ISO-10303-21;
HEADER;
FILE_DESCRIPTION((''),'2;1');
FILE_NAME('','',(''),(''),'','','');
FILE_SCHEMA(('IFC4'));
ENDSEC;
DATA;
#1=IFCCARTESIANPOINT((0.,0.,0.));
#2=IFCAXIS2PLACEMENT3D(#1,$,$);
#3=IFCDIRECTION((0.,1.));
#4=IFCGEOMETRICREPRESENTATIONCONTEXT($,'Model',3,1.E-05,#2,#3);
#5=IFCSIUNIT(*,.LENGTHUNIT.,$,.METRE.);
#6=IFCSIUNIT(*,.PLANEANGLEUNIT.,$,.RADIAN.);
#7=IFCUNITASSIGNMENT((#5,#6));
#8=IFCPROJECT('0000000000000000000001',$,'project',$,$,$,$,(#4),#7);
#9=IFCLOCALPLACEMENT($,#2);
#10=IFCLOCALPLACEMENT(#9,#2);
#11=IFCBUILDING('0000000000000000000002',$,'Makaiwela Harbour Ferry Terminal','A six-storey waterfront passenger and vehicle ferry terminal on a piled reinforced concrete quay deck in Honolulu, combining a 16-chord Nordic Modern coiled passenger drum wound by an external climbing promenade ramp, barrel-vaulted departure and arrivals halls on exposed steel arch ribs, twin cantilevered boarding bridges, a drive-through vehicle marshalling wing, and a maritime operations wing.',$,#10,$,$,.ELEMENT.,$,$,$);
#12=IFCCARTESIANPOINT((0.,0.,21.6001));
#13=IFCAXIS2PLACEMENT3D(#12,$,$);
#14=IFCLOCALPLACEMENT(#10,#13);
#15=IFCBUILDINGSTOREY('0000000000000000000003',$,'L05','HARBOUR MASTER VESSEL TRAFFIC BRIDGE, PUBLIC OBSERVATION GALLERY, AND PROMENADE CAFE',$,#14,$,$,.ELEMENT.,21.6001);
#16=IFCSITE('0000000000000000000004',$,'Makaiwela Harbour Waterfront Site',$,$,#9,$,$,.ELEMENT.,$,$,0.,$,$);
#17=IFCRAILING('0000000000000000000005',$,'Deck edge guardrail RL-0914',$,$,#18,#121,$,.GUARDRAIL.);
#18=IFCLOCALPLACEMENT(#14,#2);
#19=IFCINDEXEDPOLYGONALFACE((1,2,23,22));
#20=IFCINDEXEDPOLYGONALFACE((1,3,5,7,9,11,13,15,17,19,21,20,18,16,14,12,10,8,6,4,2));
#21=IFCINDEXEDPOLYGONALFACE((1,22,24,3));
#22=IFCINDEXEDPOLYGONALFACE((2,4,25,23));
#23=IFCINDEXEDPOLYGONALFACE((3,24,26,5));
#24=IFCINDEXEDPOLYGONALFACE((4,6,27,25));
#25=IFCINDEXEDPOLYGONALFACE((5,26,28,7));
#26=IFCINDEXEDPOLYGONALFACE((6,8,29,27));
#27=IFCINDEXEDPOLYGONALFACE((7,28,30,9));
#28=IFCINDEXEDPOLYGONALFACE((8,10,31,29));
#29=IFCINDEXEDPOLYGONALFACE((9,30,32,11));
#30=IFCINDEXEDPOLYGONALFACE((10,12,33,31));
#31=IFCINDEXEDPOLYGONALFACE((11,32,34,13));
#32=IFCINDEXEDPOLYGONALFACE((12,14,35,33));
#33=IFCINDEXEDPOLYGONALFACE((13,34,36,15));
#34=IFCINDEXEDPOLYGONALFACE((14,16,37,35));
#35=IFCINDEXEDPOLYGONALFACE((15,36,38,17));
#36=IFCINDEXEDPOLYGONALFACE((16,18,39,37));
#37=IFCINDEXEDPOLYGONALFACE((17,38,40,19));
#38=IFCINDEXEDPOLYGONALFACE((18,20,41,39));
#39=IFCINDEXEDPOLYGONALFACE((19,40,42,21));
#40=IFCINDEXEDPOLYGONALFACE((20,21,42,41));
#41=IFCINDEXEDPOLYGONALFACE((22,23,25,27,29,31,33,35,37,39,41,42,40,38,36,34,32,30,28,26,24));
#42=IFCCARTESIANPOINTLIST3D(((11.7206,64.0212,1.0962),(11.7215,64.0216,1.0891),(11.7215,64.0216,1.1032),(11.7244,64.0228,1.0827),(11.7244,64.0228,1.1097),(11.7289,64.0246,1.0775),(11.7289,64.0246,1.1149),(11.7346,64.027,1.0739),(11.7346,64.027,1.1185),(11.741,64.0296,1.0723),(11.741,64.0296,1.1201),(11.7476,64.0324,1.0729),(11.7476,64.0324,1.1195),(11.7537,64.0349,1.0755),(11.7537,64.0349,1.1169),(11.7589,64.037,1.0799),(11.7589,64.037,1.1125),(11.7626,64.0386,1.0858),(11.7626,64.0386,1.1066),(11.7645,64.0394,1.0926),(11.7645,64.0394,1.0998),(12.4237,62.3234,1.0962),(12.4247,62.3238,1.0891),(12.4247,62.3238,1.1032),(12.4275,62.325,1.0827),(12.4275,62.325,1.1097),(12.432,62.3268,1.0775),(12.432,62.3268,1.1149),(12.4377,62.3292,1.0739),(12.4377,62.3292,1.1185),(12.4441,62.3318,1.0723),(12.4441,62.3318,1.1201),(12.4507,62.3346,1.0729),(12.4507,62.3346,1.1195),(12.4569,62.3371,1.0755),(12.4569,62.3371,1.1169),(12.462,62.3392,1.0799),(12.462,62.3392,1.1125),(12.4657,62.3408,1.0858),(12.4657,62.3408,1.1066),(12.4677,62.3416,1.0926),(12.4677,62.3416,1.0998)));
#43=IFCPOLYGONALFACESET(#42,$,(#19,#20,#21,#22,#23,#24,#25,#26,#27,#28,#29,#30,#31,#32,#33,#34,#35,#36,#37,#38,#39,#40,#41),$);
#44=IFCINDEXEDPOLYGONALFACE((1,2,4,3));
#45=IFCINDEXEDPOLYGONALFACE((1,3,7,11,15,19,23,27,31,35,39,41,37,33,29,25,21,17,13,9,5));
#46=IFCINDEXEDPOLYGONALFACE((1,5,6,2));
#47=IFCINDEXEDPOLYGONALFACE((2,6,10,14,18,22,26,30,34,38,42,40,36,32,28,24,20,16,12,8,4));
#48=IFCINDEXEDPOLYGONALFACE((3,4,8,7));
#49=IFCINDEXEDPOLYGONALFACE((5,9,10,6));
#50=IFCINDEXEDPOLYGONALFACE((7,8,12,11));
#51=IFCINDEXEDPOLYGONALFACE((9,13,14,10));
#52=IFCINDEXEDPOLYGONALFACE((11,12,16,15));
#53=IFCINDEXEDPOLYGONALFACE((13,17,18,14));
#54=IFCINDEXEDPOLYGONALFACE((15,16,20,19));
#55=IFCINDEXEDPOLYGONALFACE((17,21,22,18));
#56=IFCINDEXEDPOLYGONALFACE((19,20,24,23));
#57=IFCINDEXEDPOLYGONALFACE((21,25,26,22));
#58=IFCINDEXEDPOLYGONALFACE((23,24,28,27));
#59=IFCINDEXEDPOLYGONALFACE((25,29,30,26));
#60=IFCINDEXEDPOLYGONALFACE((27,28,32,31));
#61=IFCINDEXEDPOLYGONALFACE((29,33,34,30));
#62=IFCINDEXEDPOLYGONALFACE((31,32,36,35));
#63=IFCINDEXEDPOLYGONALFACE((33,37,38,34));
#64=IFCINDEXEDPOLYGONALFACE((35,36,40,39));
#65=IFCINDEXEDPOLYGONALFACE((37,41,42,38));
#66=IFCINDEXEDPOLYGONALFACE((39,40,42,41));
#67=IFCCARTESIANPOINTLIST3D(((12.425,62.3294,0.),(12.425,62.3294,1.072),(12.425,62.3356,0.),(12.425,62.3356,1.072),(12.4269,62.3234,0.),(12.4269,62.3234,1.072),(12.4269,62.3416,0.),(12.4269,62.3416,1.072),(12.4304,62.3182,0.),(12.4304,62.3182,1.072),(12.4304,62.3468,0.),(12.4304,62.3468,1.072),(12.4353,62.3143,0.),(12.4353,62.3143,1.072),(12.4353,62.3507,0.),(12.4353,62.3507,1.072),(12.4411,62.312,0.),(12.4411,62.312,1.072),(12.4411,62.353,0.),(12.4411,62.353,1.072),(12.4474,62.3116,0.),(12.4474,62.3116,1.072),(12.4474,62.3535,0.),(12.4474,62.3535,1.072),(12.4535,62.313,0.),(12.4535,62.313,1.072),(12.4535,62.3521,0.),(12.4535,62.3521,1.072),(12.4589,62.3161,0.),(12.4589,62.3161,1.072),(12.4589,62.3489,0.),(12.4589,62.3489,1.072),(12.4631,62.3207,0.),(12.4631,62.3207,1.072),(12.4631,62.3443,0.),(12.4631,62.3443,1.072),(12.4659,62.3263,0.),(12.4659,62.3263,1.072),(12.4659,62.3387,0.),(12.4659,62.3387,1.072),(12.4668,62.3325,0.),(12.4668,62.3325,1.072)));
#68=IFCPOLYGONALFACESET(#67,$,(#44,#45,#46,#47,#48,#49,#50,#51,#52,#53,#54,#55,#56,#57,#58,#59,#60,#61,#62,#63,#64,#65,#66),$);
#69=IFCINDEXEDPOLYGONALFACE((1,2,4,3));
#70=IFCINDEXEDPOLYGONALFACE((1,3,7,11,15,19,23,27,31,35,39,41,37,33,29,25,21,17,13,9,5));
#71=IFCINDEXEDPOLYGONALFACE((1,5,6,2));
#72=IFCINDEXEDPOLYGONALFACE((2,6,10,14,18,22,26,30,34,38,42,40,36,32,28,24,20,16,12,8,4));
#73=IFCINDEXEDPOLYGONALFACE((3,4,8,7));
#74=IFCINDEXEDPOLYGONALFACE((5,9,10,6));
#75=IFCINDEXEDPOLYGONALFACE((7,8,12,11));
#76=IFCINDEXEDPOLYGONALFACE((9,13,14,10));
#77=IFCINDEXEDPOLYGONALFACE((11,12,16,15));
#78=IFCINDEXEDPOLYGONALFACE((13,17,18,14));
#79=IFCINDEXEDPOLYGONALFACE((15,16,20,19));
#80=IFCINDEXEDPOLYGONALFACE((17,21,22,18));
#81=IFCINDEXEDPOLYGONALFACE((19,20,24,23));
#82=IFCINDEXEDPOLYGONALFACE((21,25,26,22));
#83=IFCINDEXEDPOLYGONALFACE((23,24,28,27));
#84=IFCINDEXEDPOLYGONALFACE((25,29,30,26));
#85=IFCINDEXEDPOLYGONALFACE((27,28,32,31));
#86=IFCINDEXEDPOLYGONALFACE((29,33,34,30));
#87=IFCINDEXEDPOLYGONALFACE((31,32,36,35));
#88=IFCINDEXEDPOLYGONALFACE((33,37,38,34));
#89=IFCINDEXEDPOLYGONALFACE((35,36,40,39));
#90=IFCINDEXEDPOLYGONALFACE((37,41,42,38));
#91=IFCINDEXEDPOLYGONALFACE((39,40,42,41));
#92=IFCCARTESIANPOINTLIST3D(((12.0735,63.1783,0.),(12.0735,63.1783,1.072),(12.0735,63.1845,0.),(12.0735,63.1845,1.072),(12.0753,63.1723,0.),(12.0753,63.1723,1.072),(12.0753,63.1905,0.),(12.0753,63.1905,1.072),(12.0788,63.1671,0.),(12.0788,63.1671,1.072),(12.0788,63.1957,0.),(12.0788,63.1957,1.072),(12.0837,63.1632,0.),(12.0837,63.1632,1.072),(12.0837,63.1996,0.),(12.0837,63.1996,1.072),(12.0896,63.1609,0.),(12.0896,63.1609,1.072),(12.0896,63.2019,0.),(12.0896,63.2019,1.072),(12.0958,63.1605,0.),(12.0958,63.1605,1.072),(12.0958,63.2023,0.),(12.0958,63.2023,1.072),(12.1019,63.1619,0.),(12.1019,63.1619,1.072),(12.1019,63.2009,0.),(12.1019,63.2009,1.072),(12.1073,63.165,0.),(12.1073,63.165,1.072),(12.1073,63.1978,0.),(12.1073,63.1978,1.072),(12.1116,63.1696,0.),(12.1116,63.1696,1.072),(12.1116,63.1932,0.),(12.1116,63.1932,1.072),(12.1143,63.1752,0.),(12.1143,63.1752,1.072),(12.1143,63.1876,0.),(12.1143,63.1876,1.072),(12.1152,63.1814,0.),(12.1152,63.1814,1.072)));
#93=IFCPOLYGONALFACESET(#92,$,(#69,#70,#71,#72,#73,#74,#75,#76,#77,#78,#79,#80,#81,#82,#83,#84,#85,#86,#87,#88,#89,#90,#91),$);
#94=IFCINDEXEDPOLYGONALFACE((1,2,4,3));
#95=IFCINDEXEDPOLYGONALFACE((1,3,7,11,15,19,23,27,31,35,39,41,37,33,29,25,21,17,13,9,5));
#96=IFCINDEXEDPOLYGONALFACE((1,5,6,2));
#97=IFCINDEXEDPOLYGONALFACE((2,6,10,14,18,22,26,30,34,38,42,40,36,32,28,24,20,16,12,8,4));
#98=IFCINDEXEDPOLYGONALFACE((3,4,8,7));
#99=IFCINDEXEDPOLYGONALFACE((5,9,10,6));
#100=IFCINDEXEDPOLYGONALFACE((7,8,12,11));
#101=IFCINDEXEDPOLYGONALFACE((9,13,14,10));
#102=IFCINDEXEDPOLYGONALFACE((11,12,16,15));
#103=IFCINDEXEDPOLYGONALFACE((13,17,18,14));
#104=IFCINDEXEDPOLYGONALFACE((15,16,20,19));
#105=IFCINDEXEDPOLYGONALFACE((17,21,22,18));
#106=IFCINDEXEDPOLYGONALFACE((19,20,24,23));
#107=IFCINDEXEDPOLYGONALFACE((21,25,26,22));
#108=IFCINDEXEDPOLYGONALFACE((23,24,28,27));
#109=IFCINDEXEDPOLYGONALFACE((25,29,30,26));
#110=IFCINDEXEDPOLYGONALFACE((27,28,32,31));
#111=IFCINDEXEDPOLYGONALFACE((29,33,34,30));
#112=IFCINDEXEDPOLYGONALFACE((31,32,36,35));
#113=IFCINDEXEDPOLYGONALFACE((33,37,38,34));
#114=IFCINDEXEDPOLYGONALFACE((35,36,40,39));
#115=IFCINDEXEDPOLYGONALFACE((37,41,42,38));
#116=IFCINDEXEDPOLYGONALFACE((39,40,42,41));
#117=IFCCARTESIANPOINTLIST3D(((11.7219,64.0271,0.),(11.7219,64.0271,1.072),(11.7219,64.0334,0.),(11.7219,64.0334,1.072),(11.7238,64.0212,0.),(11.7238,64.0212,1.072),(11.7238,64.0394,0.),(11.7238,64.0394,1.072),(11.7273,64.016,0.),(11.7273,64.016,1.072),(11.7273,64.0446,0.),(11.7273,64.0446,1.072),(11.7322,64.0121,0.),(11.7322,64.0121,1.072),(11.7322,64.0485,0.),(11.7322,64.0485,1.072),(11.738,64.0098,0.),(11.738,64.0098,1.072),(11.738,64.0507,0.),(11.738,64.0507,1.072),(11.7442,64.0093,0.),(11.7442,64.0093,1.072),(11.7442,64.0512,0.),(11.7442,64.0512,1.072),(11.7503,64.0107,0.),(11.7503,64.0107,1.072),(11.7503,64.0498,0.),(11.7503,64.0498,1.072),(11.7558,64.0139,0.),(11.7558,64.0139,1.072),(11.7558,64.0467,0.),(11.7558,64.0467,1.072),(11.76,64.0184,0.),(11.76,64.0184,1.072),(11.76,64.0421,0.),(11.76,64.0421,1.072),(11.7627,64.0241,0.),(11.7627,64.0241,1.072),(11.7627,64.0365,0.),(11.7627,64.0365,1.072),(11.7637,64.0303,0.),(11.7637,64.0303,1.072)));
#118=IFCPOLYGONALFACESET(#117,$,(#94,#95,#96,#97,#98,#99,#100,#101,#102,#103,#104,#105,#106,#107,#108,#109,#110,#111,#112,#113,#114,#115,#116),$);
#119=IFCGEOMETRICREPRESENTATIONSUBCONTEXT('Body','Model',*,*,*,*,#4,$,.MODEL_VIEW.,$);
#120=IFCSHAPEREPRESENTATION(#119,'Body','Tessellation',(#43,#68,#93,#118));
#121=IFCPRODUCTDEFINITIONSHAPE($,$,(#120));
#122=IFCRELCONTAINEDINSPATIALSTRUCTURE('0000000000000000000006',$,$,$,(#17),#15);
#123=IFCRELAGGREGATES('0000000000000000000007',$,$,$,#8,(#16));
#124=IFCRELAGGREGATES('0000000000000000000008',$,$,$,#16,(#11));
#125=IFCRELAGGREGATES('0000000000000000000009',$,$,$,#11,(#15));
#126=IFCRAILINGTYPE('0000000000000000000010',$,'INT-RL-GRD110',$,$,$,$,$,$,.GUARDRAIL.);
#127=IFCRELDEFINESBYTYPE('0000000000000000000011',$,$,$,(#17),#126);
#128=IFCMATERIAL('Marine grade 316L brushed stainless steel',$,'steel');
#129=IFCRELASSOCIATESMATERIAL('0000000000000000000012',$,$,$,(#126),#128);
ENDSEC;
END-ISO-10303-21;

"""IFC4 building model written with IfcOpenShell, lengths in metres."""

from ifc_helpers import new_model, si_unit, direction, frame, origin, origin_2d, place, context, subcontext, project, spatial, circle, extrude, material, type_object, element, save


model = new_model("IFC4")

# Units and contexts
model_context = context("Model", 3, precision=1e-05, world=origin(), true_north=direction((0.0, 1.0)))
body_context = subcontext(model_context, "Body", "Model", "MODEL_VIEW")
ifc_project = project(units=[si_unit("LENGTHUNIT", "METRE"), si_unit("PLANEANGLEUNIT", "RADIAN")], contexts=[model_context])

# Site, building, storey
site_placement = place(None, origin())
site = spatial("IfcSite", under=ifc_project, at=site_placement, Name="Makaiwela Harbour Waterfront Site", CompositionType="ELEMENT", RefElevation=0.0)
building_placement = place(site_placement, origin())
building = spatial("IfcBuilding", under=site, at=building_placement, Name="Makaiwela Harbour Ferry Terminal", Description="A six-storey waterfront passenger and vehicle ferry terminal on a piled reinforced concrete quay deck in Honolulu, combining a 16-chord Nordic Modern coiled passenger drum wound by an external climbing promenade ramp, barrel-vaulted departure and arrivals halls on exposed steel arch ribs, twin cantilevered boarding bridges, a drive-through vehicle marshalling wing, and a maritime operations wing.", CompositionType="ELEMENT")
storey_placement = place(building_placement, frame((0.0, 0.0, 21.6001)))
storey = spatial("IfcBuildingStorey", under=building, at=storey_placement, Name="L05", Description="HARBOUR MASTER VESSEL TRAFFIC BRIDGE, PUBLIC OBSERVATION GALLERY, AND PROMENADE CAFE", CompositionType="ELEMENT", Elevation=21.6001)

# Railing
ifc_material_1 = material(Name="Marine grade 316L brushed stainless steel", Category="steel")
railing_type = type_object("IfcRailingType", Name="INT-RL-GRD110", PredefinedType="GUARDRAIL", material=ifc_material_1)
railing_1_placement = place(storey_placement, frame((12.4458, 62.3325, 0.0)))
element("IfcRailing", 1, at=railing_1_placement, inside=storey, type_object=railing_type, Name="Deck edge guardrail RL-0914", PredefinedType="GUARDRAIL", context=body_context, shape_type="SweptSolid", body=[
    extrude(circle(Radius=0.0239, at=origin_2d()), frame((0.0, 0.0, 1.0962), z_axis=(-0.382633, 0.9239, 0.0), x_axis=(-0.9239, -0.382633, 0.0)), (0.0, 0.0, 1.0), 1.8376),
    extrude(circle(Radius=0.021, at=origin_2d()), origin(), (0.0, 0.0, 1.0), 1.072),
    extrude(circle(Radius=0.021, at=origin_2d()), frame((-0.3516, 0.8489, 0.0)), (0.0, 0.0, 1.0), 1.072),
    extrude(circle(Radius=0.021, at=origin_2d()), frame((-0.7031, 1.6978, 0.0)), (0.0, 0.0, 1.0), 1.072),
])

save(model, "model.ifc")
